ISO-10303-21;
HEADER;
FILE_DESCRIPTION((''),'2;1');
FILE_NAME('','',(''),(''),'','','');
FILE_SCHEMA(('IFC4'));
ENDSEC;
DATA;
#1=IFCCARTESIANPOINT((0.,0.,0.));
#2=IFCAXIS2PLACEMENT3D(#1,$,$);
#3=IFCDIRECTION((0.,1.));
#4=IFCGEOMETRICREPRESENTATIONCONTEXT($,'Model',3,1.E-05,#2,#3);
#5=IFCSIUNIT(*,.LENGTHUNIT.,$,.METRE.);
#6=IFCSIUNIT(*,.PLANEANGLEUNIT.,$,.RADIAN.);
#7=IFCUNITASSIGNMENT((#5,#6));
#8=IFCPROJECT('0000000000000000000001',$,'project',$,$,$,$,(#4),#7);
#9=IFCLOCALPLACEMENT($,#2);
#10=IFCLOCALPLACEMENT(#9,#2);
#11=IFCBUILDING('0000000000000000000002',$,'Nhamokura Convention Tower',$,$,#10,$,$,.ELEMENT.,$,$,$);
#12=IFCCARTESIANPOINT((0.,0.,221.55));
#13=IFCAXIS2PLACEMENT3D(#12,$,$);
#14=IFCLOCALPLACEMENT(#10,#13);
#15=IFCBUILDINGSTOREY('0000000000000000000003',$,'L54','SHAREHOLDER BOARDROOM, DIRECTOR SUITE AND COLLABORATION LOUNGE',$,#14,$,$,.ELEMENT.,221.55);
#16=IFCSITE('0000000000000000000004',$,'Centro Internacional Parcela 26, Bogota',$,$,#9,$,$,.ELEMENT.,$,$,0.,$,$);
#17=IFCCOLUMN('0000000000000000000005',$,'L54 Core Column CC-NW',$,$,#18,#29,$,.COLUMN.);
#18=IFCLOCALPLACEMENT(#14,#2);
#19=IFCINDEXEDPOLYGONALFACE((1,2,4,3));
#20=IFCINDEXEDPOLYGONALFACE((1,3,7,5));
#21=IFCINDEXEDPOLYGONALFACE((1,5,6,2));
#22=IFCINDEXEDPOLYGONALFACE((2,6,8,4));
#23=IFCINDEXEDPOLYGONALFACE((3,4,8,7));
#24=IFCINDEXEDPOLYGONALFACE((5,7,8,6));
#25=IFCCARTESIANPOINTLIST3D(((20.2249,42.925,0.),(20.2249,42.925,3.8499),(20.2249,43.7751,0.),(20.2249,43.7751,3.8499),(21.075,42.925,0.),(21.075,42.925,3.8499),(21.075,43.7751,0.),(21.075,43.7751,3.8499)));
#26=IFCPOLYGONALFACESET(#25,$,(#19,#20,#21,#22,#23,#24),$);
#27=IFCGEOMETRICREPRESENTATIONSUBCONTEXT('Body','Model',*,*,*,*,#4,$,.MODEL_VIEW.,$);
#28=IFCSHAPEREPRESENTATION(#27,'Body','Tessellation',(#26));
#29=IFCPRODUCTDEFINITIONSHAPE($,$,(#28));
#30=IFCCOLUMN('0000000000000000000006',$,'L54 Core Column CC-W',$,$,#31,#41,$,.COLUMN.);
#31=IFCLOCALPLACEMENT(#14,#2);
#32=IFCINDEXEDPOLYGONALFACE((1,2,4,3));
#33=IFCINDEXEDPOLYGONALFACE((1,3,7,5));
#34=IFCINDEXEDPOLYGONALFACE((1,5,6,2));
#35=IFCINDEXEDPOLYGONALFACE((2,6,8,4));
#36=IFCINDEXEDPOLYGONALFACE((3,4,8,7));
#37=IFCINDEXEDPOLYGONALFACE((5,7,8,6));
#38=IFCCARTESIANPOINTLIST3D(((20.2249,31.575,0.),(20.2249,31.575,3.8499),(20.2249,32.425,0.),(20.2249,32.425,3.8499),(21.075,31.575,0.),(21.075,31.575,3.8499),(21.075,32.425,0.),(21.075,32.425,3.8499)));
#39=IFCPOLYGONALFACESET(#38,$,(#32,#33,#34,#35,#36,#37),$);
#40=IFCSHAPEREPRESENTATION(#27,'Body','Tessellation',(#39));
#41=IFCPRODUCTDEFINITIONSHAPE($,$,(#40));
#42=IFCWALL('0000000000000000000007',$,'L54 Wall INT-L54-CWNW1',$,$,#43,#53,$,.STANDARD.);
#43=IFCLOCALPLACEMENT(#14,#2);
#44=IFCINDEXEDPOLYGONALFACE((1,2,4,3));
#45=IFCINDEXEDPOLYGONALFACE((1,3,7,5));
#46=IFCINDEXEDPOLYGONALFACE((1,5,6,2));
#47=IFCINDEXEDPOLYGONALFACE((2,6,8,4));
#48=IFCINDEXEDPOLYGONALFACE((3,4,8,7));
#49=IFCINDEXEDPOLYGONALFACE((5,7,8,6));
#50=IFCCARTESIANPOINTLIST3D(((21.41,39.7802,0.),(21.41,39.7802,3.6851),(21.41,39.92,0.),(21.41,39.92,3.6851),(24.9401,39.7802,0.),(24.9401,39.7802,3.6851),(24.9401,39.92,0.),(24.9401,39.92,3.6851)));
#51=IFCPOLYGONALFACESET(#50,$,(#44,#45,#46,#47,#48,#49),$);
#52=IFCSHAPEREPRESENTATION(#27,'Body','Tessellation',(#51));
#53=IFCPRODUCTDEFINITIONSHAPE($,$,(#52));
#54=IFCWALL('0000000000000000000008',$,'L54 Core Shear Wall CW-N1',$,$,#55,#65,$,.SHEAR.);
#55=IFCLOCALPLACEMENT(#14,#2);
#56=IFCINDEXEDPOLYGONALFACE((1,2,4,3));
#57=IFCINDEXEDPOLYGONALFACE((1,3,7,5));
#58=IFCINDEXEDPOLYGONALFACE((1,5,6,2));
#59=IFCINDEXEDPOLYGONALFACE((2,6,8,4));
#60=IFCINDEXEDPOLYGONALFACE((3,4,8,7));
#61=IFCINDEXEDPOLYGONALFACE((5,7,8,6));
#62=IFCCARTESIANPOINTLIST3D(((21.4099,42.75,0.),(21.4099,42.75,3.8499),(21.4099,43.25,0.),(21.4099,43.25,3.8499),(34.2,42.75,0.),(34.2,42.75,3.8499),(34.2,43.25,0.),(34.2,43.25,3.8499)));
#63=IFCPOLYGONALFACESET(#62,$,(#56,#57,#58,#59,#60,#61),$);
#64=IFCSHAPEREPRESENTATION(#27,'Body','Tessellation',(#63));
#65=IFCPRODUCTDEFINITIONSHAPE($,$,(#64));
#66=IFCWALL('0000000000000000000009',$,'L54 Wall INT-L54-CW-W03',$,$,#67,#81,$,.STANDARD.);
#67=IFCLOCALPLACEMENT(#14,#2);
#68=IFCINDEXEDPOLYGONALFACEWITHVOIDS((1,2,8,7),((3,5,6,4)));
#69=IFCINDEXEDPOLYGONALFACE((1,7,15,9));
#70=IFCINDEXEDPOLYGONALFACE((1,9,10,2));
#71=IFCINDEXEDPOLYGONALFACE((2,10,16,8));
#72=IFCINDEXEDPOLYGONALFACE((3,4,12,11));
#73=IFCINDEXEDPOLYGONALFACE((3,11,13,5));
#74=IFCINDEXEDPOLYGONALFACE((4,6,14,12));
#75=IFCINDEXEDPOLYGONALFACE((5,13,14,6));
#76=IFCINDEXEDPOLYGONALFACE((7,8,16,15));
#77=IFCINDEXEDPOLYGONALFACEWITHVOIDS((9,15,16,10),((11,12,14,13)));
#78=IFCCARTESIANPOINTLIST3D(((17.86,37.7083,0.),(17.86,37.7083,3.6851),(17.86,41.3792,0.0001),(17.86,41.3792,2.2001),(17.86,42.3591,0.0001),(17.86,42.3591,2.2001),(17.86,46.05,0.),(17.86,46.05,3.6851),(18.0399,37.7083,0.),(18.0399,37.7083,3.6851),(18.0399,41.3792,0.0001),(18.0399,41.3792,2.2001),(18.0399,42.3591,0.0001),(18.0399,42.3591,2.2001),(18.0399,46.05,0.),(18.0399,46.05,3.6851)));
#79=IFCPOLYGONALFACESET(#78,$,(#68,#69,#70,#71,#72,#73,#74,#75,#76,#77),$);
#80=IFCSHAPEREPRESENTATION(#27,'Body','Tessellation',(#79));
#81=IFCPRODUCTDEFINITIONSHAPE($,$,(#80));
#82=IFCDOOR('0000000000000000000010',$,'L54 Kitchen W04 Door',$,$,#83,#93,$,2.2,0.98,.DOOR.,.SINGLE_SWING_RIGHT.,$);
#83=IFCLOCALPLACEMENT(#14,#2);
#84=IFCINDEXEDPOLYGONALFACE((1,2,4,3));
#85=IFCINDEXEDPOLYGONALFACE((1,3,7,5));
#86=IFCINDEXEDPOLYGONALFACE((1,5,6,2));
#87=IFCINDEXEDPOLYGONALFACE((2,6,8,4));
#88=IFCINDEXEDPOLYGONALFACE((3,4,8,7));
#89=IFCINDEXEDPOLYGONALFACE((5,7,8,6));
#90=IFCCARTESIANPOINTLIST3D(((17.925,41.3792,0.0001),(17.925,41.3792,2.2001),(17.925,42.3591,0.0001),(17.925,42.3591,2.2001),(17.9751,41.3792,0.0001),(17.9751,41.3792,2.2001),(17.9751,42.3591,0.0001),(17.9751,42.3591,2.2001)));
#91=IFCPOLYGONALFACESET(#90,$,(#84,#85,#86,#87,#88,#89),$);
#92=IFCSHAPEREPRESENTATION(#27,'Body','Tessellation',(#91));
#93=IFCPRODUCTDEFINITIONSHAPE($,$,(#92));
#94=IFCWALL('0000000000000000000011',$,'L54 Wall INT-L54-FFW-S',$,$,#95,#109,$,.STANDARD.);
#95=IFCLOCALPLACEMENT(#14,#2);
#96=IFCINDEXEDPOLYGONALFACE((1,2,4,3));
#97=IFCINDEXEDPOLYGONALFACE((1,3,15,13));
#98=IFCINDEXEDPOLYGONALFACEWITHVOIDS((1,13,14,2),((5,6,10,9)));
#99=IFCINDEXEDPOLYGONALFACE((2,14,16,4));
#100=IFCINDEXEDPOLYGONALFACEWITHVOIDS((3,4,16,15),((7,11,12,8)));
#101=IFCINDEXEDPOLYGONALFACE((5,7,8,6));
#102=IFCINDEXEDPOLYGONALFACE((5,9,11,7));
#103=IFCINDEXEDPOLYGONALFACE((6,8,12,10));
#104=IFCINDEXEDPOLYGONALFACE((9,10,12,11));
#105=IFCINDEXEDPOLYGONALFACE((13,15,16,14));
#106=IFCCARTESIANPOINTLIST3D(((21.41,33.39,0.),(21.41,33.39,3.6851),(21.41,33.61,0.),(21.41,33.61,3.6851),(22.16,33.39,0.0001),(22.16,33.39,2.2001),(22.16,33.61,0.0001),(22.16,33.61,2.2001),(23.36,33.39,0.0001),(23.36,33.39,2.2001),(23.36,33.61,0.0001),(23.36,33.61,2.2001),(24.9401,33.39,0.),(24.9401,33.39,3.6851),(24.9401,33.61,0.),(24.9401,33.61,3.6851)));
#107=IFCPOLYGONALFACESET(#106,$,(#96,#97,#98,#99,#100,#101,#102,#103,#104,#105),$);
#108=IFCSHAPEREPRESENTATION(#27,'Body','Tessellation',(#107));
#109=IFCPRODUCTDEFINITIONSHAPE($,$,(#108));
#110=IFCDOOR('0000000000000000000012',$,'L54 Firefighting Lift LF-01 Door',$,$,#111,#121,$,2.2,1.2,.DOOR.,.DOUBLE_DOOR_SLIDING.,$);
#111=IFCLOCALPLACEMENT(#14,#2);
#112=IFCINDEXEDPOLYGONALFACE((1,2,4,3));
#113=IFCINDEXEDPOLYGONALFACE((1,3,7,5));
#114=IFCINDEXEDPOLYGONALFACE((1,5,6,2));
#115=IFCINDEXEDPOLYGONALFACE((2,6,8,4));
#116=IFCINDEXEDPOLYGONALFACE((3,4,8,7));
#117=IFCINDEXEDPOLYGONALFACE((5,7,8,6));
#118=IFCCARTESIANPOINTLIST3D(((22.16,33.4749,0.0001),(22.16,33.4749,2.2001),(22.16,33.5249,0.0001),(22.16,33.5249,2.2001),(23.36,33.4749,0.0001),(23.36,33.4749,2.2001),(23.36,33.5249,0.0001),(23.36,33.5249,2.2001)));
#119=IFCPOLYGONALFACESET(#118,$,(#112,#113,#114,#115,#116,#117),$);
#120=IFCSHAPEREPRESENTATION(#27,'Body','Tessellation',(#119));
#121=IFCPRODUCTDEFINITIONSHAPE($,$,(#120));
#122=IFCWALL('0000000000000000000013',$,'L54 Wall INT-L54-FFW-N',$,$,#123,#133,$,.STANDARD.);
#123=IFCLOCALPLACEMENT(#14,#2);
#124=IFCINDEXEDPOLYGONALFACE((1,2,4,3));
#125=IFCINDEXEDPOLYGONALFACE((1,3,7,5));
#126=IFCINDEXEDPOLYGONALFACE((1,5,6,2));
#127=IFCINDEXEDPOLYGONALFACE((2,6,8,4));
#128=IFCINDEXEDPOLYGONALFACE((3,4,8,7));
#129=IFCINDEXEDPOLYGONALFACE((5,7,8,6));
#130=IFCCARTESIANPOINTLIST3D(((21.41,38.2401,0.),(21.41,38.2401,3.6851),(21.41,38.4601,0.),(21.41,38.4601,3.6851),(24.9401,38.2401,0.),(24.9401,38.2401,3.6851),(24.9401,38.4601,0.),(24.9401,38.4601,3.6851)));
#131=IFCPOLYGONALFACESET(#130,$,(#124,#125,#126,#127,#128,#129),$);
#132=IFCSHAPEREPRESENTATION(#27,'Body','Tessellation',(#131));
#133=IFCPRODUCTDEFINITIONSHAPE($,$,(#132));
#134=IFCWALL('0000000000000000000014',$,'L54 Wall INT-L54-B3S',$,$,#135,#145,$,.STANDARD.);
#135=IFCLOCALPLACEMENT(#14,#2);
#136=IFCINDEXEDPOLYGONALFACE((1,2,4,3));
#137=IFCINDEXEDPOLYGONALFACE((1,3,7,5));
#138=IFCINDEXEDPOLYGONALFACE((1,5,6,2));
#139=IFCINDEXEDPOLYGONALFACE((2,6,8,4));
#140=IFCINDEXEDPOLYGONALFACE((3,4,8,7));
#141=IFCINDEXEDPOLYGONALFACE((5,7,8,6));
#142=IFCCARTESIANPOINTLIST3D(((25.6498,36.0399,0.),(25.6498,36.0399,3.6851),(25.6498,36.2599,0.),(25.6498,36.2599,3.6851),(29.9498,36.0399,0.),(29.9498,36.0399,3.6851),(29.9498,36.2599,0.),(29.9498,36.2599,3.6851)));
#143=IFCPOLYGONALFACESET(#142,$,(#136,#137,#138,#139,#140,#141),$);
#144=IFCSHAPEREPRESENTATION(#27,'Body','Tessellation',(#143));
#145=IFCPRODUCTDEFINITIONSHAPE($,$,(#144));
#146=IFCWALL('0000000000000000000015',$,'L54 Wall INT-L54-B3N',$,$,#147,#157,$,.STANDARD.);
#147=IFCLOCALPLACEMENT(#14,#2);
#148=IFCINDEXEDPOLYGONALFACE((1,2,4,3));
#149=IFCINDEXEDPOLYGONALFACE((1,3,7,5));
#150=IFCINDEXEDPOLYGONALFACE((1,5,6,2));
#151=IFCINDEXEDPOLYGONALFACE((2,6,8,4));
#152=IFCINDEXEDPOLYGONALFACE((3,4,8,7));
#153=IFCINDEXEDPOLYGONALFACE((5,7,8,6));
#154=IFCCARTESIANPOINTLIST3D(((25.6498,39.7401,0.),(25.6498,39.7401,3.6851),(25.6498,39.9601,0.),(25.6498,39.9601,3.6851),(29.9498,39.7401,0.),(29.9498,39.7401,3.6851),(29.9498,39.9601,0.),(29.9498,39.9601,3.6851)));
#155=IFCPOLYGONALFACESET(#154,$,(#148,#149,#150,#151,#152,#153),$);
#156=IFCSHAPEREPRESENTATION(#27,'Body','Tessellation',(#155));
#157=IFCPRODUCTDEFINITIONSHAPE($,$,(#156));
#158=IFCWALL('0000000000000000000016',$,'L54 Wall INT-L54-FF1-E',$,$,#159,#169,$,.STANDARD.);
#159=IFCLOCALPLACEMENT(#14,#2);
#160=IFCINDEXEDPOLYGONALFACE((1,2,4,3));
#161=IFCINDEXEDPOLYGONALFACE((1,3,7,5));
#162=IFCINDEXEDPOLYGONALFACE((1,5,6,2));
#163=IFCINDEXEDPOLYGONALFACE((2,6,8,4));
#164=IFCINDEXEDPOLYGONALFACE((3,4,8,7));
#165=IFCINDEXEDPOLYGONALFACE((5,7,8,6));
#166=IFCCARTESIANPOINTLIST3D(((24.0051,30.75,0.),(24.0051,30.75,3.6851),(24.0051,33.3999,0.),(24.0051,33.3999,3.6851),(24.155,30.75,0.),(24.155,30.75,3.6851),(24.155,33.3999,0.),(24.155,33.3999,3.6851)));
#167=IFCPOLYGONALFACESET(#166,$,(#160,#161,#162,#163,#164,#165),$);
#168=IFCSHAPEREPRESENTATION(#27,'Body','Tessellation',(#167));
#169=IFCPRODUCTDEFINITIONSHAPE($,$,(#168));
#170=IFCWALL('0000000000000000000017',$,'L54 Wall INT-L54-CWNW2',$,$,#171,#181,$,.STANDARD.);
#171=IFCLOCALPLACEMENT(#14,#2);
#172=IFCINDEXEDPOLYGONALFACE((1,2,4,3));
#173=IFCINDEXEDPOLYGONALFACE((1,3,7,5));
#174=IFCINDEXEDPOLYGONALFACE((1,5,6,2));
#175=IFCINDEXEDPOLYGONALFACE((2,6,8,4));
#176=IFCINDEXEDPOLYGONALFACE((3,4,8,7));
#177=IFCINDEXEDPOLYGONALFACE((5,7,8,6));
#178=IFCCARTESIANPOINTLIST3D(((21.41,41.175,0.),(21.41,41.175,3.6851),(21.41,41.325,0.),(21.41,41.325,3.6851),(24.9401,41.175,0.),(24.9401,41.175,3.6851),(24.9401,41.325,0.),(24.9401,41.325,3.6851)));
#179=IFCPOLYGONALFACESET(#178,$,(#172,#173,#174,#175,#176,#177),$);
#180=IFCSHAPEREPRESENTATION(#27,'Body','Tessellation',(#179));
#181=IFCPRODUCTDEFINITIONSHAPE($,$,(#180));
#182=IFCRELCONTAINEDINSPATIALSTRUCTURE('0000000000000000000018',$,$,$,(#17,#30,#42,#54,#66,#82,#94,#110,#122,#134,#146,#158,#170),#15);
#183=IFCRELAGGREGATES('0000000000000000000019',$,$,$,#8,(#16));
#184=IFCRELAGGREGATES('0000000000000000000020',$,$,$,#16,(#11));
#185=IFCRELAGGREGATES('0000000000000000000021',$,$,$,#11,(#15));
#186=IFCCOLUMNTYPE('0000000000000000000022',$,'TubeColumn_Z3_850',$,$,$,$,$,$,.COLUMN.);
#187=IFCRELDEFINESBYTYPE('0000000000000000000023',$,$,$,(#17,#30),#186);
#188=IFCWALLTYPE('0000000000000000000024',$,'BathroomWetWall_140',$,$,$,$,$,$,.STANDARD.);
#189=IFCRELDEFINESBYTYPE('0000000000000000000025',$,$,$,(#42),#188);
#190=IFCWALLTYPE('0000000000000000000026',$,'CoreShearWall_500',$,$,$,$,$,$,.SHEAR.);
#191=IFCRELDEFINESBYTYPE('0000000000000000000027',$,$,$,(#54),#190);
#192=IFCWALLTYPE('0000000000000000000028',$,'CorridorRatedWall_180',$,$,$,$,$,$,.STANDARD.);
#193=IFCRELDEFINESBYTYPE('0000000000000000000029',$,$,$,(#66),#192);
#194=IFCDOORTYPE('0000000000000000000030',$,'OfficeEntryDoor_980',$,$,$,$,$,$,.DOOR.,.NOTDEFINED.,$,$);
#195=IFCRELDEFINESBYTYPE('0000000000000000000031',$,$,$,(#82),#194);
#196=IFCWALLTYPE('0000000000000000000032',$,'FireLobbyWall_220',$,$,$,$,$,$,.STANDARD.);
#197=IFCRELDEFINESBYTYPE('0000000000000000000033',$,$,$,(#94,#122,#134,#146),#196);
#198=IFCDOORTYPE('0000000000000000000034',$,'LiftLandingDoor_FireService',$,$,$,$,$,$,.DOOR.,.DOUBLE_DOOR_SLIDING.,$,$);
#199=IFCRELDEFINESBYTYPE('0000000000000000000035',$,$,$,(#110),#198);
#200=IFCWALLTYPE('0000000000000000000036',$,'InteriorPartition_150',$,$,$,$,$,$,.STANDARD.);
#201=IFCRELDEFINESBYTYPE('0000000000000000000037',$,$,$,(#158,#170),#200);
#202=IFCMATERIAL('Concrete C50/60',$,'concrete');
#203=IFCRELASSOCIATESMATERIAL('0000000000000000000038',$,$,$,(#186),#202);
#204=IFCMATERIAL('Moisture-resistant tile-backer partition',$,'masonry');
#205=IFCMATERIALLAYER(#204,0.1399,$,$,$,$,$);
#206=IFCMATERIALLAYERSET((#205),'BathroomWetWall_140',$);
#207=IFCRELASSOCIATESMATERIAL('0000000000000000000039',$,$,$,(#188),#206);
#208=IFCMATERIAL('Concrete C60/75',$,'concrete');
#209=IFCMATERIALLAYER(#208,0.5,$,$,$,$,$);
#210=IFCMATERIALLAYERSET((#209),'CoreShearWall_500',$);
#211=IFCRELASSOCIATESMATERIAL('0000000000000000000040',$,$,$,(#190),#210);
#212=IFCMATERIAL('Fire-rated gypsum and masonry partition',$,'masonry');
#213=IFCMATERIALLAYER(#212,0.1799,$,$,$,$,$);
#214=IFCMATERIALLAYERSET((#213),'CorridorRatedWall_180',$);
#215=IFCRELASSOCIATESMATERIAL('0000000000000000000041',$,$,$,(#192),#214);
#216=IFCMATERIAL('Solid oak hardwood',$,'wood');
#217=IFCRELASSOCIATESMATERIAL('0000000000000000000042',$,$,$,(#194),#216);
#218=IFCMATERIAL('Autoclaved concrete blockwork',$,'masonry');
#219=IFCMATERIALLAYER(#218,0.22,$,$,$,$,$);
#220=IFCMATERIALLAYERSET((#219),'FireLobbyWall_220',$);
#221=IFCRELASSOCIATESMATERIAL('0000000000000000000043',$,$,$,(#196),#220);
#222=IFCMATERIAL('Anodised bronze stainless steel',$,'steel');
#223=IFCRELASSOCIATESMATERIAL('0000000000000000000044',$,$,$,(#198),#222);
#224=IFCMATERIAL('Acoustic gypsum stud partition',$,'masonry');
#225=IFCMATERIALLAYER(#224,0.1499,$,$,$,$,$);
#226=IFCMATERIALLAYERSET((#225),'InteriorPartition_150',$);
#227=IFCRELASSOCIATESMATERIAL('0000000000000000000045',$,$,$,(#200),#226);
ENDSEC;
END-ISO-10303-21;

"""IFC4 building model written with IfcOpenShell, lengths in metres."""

from ifc_helpers import new_model, si_unit, direction, frame, frame_2d, origin, origin_2d, place, context, subcontext, project, spatial, rectangle, extrude, material, layer, layer_set, material_profile, profile_set, type_object, element, fill, save


model = new_model("IFC4")

# Units and contexts
model_context = context("Model", 3, precision=1e-05, world=origin(), true_north=direction((0.0, 1.0)))
body_context = subcontext(model_context, "Body", "Model", "MODEL_VIEW")
ifc_project = project(units=[si_unit("LENGTHUNIT", "METRE"), si_unit("PLANEANGLEUNIT", "RADIAN")], contexts=[model_context])

# Site, building, storey
site_placement = place(None, origin())
site = spatial("IfcSite", under=ifc_project, at=site_placement, Name="Centro Internacional Parcela 26, Bogota", CompositionType="ELEMENT", RefElevation=0.0)
building_placement = place(site_placement, origin())
building = spatial("IfcBuilding", under=site, at=building_placement, Name="Nhamokura Convention Tower", CompositionType="ELEMENT")
storey_placement = place(building_placement, frame((0.0, 0.0, 221.55)))
storey = spatial("IfcBuildingStorey", under=building, at=storey_placement, Name="L54", Description="SHAREHOLDER BOARDROOM, DIRECTOR SUITE AND COLLABORATION LOUNGE", CompositionType="ELEMENT", Elevation=221.55)

# Columns
ifc_material_1 = material(Name="Concrete C50/60", Category="concrete")
ifc_material_profile = material_profile(ifc_material_1, rectangle(XDim=0.8501, YDim=0.8501, at=origin_2d()))
ifc_profile_set = profile_set([ifc_material_profile], Name="Concrete C50/60")
column_type = type_object("IfcColumnType", Name="TubeColumn_Z3_850", PredefinedType="COLUMN", material=ifc_profile_set)
for number, where, z_axis, x_axis, name in (
    (1, (20.6499, 43.3501, 0.0), (0.0, 0.0, 1.0), (1.0, 0.0, 0.0), "L54 Core Column CC-NW"),
    (2, (20.6499, 32.0, 0.0), (0.0, 0.0, 1.0), (1.0, 0.0, 0.0), "L54 Core Column CC-W"),
):
    element("IfcColumn", number, at=place(storey_placement, frame(where, z_axis=z_axis, x_axis=x_axis)), inside=storey, type_object=column_type, Name=name, PredefinedType="COLUMN", context=body_context, shape_type="SweptSolid", body=[
        extrude(rectangle(XDim=0.8501, YDim=0.8501, at=origin_2d()), origin(), (0.0, 0.0, 1.0), 3.8499),
    ])

# Walls
ifc_material_2 = material(Name="Moisture-resistant tile-backer partition", Category="masonry")
ifc_layer_1 = layer(ifc_material_2, 0.1399)
ifc_layer_set_1 = layer_set([ifc_layer_1], Name="BathroomWetWall_140")
wall_type_1 = type_object("IfcWallType", Name="BathroomWetWall_140", PredefinedType="STANDARD", material=ifc_layer_set_1)
wall_1_placement = place(storey_placement, frame((21.4099, 39.8501, 0.0), z_axis=(0.0, 0.0, 1.0), x_axis=(1.0, 0.0, 0.0)))
element("IfcWall", 3, at=wall_1_placement, inside=storey, type_object=wall_type_1, Name="L54 Wall INT-L54-CWNW1", PredefinedType="STANDARD", context=body_context, shape_type="SweptSolid", body=[
    extrude(rectangle(XDim=3.53, YDim=0.1399, at=frame_2d((1.7651, 0.0))), origin(), (0.0, 0.0, 1.0), 3.6851),
])
ifc_material_3 = material(Name="Concrete C60/75", Category="concrete")
ifc_layer_2 = layer(ifc_material_3, 0.5)
ifc_layer_set_2 = layer_set([ifc_layer_2], Name="CoreShearWall_500")
wall_type_2 = type_object("IfcWallType", Name="CoreShearWall_500", PredefinedType="SHEAR", material=ifc_layer_set_2)
wall_2_placement = place(storey_placement, frame((21.4099, 43.0, 0.0), z_axis=(0.0, 0.0, 1.0), x_axis=(1.0, 0.0, 0.0)))
element("IfcWall", 4, at=wall_2_placement, inside=storey, type_object=wall_type_2, Name="L54 Core Shear Wall CW-N1", PredefinedType="SHEAR", context=body_context, shape_type="SweptSolid", body=[
    extrude(rectangle(XDim=12.79, YDim=0.5, at=frame_2d((6.395, 0.0))), origin(), (0.0, 0.0, 1.0), 3.8499),
])

# Walls, openings, doors
ifc_material_4 = material(Name="Fire-rated gypsum and masonry partition", Category="masonry")
ifc_layer_3 = layer(ifc_material_4, 0.1799)
ifc_layer_set_3 = layer_set([ifc_layer_3], Name="CorridorRatedWall_180")
wall_type_3 = type_object("IfcWallType", Name="CorridorRatedWall_180", PredefinedType="STANDARD", material=ifc_layer_set_3)
wall_3_placement = place(storey_placement, frame((17.95, 37.7083, 0.0), z_axis=(0.0, 0.0, 1.0), x_axis=(0.0, 1.0, 0.0)))
wall_3 = element("IfcWall", 5, at=wall_3_placement, inside=storey, type_object=wall_type_3, Name="L54 Wall INT-L54-CW-W03", PredefinedType="STANDARD", context=body_context, shape_type="SweptSolid", body=[
    extrude(rectangle(XDim=8.3418, YDim=0.1799, at=frame_2d((4.1709, 0.0))), origin(), (0.0, 0.0, 1.0), 3.6851),
])
opening_1_placement = place(wall_3_placement, frame((3.6709, 0.0, 0.0)))
opening_1 = element("IfcOpeningElement", 6, at=opening_1_placement, cuts=wall_3, PredefinedType="OPENING", context=body_context, shape_type="SweptSolid", body=[
    extrude(rectangle(XDim=0.98, YDim=2.2, at=frame_2d((0.49, 1.1001))), frame((0.0, 0.0999, 0.0), z_axis=(0.0, -1.0, 0.0), x_axis=(1.0, 0.0, 0.0)), (0.0, 0.0, 1.0), 0.2),
])
ifc_material_5 = material(Name="Solid oak hardwood", Category="wood")
door_type_1 = type_object("IfcDoorType", Name="OfficeEntryDoor_980", OperationType="NOTDEFINED", PredefinedType="DOOR", material=ifc_material_5)
door_1_placement = place(opening_1_placement, origin())
door_1 = element("IfcDoor", 7, at=door_1_placement, inside=storey, type_object=door_type_1, Name="L54 Kitchen W04 Door", OperationType="SINGLE_SWING_RIGHT", OverallHeight=2.2, OverallWidth=0.98, PredefinedType="DOOR", context=body_context, shape_type="SweptSolid", body=[
    extrude(rectangle(XDim=0.98, YDim=2.2, at=frame_2d((0.49, 1.1001))), frame((0.0, 0.0249, 0.0), z_axis=(0.0, -1.0, 0.0), x_axis=(1.0, 0.0, 0.0)), (0.0, 0.0, 1.0), 0.05),
])
fill(opening_1, door_1)
ifc_material_6 = material(Name="Autoclaved concrete blockwork", Category="masonry")
ifc_layer_4 = layer(ifc_material_6, 0.22)
ifc_layer_set_4 = layer_set([ifc_layer_4], Name="FireLobbyWall_220")
wall_type_4 = type_object("IfcWallType", Name="FireLobbyWall_220", PredefinedType="STANDARD", material=ifc_layer_set_4)
wall_4_placement = place(storey_placement, frame((21.4099, 33.5, 0.0), z_axis=(0.0, 0.0, 1.0), x_axis=(1.0, 0.0, 0.0)))
wall_4 = element("IfcWall", 8, at=wall_4_placement, inside=storey, type_object=wall_type_4, Name="L54 Wall INT-L54-FFW-S", PredefinedType="STANDARD", context=body_context, shape_type="SweptSolid", body=[
    extrude(rectangle(XDim=3.53, YDim=0.22, at=frame_2d((1.7651, 0.0))), origin(), (0.0, 0.0, 1.0), 3.6851),
])
opening_2_placement = place(wall_4_placement, frame((0.75, 0.0, 0.0)))
opening_2 = element("IfcOpeningElement", 9, at=opening_2_placement, cuts=wall_4, PredefinedType="OPENING", context=body_context, shape_type="SweptSolid", body=[
    extrude(rectangle(XDim=1.2, YDim=2.2, at=frame_2d((0.6001, 1.1001))), frame((0.0, 0.1199, 0.0), z_axis=(0.0, -1.0, 0.0), x_axis=(1.0, 0.0, 0.0)), (0.0, 0.0, 1.0), 0.24),
])
ifc_material_7 = material(Name="Anodised bronze stainless steel", Category="steel")
door_type_2 = type_object("IfcDoorType", Name="LiftLandingDoor_FireService", OperationType="DOUBLE_DOOR_SLIDING", PredefinedType="DOOR", material=ifc_material_7)
door_2_placement = place(opening_2_placement, origin())
door_2 = element("IfcDoor", 10, at=door_2_placement, inside=storey, type_object=door_type_2, Name="L54 Firefighting Lift LF-01 Door", OperationType="DOUBLE_DOOR_SLIDING", OverallHeight=2.2, OverallWidth=1.2, PredefinedType="DOOR", context=body_context, shape_type="SweptSolid", body=[
    extrude(rectangle(XDim=1.2, YDim=2.2, at=frame_2d((0.6001, 1.1001))), frame((0.0, 0.0249, 0.0), z_axis=(0.0, -1.0, 0.0), x_axis=(1.0, 0.0, 0.0)), (0.0, 0.0, 1.0), 0.05),
])
fill(opening_2, door_2)

# Walls
wall_5_placement = place(storey_placement, frame((21.4099, 38.3501, 0.0), z_axis=(0.0, 0.0, 1.0), x_axis=(1.0, 0.0, 0.0)))
element("IfcWall", 11, at=wall_5_placement, inside=storey, type_object=wall_type_4, Name="L54 Wall INT-L54-FFW-N", PredefinedType="STANDARD", context=body_context, shape_type="SweptSolid", body=[
    extrude(rectangle(XDim=3.53, YDim=0.22, at=frame_2d((1.7651, 0.0))), origin(), (0.0, 0.0, 1.0), 3.6851),
])
for number, where, z_axis, x_axis, name in (
    (12, (25.6499, 36.1499, 0.0), (0.0, 0.0, 1.0), (1.0, 0.0, 0.0), "L54 Wall INT-L54-B3S"),
    (13, (25.6499, 39.8501, 0.0), (0.0, 0.0, 1.0), (1.0, 0.0, 0.0), "L54 Wall INT-L54-B3N"),
):
    element("IfcWall", number, at=place(storey_placement, frame(where, z_axis=z_axis, x_axis=x_axis)), inside=storey, type_object=wall_type_4, Name=name, PredefinedType="STANDARD", context=body_context, shape_type="SweptSolid", body=[
        extrude(rectangle(XDim=4.3, YDim=0.22, at=frame_2d((2.1499, 0.0))), origin(), (0.0, 0.0, 1.0), 3.6851),
    ])
ifc_material_8 = material(Name="Acoustic gypsum stud partition", Category="masonry")
ifc_layer_5 = layer(ifc_material_8, 0.1499)
ifc_layer_set_5 = layer_set([ifc_layer_5], Name="InteriorPartition_150")
wall_type_5 = type_object("IfcWallType", Name="InteriorPartition_150", PredefinedType="STANDARD", material=ifc_layer_set_5)
wall_6_placement = place(storey_placement, frame((24.0801, 30.75, 0.0), z_axis=(0.0, 0.0, 1.0), x_axis=(0.0, 1.0, 0.0)))
element("IfcWall", 14, at=wall_6_placement, inside=storey, type_object=wall_type_5, Name="L54 Wall INT-L54-FF1-E", PredefinedType="STANDARD", context=body_context, shape_type="SweptSolid", body=[
    extrude(rectangle(XDim=2.6499, YDim=0.1499, at=frame_2d((1.325, 0.0))), origin(), (0.0, 0.0, 1.0), 3.6851),
])
wall_7_placement = place(storey_placement, frame((21.4099, 41.25, 0.0), z_axis=(0.0, 0.0, 1.0), x_axis=(1.0, 0.0, 0.0)))
element("IfcWall", 15, at=wall_7_placement, inside=storey, type_object=wall_type_5, Name="L54 Wall INT-L54-CWNW2", PredefinedType="STANDARD", context=body_context, shape_type="SweptSolid", body=[
    extrude(rectangle(XDim=3.53, YDim=0.1499, at=frame_2d((1.7651, 0.0))), origin(), (0.0, 0.0, 1.0), 3.6851),
])

save(model, "model.ifc")
